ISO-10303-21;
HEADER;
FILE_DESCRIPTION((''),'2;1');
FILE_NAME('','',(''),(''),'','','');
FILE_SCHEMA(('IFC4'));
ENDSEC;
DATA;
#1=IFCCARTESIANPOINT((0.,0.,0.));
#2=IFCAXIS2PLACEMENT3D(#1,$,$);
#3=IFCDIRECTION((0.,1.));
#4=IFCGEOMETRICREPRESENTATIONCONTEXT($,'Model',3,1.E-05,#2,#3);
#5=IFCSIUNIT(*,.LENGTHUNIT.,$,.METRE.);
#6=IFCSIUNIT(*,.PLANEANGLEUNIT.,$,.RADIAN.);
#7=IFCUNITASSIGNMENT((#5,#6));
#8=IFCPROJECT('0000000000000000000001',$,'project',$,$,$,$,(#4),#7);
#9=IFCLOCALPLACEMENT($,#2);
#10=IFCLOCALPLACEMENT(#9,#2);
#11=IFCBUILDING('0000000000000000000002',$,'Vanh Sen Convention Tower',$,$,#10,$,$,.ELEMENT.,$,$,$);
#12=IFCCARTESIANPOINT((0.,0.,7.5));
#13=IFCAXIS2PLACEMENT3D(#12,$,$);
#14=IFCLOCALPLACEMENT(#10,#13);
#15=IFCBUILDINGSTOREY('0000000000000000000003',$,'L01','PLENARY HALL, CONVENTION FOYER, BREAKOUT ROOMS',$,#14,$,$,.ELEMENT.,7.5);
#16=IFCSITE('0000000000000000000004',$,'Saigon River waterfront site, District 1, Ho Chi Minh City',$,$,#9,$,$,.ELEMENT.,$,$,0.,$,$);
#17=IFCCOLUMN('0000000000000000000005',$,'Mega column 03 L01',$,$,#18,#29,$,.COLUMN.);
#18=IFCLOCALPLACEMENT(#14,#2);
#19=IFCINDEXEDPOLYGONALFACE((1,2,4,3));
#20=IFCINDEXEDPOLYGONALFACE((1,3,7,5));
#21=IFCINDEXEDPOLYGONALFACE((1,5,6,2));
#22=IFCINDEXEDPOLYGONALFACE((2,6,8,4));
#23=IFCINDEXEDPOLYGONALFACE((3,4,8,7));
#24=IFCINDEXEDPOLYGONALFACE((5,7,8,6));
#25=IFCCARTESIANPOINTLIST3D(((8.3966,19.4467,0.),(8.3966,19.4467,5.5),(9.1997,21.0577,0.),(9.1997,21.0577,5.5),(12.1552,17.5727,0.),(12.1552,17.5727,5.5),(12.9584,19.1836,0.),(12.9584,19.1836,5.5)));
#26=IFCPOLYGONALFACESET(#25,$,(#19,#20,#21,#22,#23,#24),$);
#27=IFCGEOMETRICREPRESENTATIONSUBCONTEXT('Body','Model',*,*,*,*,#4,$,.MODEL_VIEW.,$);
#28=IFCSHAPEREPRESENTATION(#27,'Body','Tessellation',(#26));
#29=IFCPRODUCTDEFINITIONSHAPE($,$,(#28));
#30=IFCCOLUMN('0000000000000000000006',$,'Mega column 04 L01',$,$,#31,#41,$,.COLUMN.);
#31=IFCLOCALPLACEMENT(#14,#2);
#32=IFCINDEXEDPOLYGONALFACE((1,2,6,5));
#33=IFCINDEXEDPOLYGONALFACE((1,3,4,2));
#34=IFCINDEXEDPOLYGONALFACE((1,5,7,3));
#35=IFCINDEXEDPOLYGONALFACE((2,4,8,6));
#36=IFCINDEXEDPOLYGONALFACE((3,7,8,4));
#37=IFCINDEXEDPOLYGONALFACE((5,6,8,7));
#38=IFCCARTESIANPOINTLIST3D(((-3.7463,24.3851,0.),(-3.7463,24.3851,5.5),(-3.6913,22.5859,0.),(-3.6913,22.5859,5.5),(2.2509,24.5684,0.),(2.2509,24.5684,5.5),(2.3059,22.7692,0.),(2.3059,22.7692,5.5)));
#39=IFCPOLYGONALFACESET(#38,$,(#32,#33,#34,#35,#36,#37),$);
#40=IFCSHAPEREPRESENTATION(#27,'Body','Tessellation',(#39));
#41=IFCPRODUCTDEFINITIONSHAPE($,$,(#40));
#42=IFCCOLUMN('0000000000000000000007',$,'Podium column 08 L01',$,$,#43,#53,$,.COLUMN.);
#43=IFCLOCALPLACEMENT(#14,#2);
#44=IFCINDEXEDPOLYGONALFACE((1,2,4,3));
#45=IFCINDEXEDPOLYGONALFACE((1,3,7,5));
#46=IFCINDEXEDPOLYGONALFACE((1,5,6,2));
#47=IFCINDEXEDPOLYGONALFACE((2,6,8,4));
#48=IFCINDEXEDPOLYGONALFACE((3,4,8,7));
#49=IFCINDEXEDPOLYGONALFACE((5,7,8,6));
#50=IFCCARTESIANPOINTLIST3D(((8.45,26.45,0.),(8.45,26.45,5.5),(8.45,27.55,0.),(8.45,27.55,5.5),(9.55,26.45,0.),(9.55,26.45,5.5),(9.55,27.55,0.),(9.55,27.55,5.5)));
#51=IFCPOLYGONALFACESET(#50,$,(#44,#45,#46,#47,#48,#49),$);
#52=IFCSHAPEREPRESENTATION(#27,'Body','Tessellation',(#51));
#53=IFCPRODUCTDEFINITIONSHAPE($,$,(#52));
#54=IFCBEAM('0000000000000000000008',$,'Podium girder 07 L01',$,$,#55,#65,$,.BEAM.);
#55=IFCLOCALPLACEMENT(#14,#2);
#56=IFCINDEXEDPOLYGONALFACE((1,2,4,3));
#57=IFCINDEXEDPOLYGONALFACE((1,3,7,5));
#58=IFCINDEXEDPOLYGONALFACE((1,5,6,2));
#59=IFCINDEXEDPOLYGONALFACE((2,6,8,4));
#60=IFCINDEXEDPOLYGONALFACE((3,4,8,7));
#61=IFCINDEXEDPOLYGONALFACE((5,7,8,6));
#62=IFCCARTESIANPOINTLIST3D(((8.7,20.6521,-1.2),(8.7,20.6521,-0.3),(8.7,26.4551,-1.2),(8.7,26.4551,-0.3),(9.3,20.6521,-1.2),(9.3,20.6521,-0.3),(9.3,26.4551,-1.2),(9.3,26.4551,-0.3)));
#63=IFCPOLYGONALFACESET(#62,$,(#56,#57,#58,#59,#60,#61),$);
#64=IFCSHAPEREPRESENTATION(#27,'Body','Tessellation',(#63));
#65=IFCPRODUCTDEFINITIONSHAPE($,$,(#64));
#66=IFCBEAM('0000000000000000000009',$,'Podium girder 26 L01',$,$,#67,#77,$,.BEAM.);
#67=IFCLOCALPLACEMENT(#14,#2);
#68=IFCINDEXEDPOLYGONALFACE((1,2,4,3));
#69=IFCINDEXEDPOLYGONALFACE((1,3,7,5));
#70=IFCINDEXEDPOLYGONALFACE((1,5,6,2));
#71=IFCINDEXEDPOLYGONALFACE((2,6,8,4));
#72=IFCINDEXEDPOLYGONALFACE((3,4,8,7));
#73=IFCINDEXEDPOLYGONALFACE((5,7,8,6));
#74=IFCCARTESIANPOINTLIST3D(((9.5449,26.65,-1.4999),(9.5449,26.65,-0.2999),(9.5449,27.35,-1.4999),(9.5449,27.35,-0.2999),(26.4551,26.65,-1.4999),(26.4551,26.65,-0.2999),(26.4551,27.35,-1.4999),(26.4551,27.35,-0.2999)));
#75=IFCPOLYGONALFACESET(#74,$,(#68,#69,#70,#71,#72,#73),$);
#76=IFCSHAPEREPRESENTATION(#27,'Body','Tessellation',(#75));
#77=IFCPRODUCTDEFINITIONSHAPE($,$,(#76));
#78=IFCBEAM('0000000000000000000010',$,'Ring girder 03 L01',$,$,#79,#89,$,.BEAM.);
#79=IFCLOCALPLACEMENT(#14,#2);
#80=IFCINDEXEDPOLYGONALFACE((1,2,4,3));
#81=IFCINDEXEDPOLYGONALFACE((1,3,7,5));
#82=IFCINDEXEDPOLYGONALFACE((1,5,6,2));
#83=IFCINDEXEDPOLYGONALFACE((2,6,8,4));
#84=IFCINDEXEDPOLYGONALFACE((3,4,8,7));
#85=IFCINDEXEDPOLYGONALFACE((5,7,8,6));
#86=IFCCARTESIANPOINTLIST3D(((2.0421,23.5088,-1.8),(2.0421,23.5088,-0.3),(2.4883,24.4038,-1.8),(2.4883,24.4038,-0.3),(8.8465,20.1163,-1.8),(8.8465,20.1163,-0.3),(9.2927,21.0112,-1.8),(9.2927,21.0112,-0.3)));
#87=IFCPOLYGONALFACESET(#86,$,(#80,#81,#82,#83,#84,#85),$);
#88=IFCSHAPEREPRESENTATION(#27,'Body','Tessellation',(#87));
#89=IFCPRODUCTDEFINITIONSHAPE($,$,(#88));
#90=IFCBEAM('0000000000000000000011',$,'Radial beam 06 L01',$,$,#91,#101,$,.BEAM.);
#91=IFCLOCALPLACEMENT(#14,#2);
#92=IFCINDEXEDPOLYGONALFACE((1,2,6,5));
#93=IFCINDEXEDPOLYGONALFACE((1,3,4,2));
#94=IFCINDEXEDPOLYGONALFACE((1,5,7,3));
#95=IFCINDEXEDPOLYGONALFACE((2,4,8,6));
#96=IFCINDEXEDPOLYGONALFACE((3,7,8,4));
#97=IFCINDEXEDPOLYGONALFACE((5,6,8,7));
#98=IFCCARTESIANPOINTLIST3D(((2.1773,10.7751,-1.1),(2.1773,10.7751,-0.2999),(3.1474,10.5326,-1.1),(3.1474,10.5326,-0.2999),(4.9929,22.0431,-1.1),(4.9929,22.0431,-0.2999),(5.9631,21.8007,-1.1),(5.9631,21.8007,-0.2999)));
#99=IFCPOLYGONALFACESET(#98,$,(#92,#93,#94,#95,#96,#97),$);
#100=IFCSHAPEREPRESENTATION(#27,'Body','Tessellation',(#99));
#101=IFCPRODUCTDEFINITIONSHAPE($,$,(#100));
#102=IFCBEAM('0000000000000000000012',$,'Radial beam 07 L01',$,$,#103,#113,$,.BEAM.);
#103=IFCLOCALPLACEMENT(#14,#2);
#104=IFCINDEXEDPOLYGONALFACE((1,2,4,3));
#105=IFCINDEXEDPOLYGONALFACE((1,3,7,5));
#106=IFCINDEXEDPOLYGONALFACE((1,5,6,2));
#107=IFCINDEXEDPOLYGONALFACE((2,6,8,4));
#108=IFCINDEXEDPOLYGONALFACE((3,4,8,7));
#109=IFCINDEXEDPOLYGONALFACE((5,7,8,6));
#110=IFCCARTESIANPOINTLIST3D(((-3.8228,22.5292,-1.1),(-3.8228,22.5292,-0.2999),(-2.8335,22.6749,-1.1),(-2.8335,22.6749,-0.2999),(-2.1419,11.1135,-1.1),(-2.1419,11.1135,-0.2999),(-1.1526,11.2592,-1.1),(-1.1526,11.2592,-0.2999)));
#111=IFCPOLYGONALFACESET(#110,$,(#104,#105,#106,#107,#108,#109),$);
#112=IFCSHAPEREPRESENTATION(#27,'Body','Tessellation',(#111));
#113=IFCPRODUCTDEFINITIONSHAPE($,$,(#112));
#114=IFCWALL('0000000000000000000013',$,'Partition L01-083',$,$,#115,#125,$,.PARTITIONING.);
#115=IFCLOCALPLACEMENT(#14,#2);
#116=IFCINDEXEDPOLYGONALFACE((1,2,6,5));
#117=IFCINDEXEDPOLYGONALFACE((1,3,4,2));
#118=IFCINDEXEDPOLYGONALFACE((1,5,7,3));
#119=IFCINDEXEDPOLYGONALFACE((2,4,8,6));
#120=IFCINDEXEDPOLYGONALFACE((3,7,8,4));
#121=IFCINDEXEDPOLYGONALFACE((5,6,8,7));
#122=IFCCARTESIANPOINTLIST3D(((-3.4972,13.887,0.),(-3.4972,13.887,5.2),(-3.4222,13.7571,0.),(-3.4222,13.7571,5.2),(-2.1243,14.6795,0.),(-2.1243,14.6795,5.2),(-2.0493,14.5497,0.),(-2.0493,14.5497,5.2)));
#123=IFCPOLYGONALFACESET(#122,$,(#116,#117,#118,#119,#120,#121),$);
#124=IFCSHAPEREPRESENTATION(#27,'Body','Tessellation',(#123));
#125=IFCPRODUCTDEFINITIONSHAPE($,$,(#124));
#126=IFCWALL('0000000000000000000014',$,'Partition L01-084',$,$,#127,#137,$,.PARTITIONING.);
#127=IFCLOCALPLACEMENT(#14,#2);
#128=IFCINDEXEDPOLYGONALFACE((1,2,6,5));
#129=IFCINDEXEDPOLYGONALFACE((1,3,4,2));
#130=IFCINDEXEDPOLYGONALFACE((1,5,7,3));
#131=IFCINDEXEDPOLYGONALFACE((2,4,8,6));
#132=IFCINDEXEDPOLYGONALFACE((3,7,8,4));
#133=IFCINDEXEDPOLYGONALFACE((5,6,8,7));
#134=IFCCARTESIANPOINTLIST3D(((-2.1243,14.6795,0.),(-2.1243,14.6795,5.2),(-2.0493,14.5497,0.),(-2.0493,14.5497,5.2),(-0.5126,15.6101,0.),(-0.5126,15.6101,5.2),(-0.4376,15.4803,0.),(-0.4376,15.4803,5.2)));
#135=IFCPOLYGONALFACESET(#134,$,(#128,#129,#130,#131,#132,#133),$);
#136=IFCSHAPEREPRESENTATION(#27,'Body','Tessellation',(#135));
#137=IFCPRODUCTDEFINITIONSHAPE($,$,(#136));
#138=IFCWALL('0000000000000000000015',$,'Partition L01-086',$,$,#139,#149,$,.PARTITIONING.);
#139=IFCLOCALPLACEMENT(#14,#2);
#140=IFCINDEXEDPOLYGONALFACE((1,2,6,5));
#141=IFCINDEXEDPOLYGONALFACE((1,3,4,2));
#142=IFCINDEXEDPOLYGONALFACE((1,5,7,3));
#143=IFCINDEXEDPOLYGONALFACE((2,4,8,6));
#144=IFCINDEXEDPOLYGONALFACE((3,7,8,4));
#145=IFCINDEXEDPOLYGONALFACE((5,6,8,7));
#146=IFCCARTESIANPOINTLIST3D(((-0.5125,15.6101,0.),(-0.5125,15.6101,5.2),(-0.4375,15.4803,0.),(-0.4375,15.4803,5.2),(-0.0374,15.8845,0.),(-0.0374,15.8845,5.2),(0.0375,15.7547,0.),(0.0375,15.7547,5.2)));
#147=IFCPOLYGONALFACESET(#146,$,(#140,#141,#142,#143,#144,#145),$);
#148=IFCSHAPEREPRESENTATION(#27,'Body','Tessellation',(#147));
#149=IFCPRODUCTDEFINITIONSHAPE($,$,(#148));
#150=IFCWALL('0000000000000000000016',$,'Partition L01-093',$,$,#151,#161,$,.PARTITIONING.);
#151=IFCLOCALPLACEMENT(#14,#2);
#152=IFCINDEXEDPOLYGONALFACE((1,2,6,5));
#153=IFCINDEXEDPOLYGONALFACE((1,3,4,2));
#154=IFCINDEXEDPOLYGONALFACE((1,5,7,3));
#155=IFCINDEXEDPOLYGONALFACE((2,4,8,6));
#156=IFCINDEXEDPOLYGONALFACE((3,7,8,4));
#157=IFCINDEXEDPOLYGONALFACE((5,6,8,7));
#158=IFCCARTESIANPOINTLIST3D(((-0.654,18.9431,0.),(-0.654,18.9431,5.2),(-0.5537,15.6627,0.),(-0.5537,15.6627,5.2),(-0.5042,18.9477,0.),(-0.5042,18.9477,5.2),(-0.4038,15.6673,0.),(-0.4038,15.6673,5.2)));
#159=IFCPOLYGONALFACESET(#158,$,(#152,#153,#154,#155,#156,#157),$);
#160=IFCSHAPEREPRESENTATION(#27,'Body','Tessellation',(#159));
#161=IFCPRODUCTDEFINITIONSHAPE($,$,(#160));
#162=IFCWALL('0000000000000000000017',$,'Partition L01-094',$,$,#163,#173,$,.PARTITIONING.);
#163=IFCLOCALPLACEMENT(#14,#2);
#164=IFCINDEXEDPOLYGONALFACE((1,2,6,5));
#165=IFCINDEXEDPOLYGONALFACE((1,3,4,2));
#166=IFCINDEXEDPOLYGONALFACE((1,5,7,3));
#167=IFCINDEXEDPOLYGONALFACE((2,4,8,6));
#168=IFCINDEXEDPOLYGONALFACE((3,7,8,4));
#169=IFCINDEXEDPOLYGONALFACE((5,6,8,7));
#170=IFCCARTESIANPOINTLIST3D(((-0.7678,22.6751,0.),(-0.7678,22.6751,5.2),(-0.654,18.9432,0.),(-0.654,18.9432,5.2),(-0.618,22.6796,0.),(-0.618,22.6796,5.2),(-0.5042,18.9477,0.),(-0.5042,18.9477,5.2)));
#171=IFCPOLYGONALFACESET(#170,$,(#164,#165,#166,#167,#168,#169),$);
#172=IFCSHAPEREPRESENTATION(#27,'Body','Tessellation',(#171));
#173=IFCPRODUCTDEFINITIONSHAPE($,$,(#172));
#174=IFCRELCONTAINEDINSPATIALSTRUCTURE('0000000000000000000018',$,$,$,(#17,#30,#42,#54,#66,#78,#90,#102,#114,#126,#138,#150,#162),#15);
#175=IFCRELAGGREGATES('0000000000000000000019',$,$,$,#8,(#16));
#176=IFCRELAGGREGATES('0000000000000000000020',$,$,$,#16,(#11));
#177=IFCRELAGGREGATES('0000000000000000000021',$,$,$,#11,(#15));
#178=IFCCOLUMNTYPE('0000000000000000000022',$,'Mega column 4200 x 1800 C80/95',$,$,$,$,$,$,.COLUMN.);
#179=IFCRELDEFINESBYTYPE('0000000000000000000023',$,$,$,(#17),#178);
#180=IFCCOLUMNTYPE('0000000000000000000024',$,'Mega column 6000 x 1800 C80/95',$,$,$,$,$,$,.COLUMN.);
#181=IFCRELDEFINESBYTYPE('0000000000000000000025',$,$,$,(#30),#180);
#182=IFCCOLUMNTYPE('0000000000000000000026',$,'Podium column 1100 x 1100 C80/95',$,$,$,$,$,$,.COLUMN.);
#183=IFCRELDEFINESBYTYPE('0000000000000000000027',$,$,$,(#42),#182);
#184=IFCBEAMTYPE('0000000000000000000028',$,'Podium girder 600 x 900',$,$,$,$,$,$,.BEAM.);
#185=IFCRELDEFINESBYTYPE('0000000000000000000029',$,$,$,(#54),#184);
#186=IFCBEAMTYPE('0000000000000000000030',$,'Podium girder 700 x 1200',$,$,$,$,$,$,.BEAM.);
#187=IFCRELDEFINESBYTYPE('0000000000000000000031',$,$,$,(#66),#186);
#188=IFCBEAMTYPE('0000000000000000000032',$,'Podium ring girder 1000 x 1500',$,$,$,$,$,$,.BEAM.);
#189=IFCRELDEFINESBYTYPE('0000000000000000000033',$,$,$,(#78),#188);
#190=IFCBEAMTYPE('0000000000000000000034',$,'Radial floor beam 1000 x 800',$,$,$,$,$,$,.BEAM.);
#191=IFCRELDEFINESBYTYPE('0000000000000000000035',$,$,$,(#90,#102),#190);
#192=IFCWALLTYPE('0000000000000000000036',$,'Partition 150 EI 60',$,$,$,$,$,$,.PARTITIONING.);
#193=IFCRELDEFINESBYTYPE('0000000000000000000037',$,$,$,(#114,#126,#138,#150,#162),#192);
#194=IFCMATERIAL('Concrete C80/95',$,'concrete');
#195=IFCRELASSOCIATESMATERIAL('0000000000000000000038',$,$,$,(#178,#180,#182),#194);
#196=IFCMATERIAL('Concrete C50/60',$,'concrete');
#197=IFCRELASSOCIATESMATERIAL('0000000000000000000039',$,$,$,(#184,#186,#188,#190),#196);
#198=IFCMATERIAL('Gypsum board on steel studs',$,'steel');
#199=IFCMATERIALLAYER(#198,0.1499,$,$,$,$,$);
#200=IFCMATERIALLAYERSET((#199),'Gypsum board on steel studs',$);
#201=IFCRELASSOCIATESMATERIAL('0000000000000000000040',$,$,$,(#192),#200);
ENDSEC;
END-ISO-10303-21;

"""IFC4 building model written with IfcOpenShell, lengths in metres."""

from ifc_helpers import new_model, si_unit, direction, frame, frame_2d, origin, origin_2d, place, context, subcontext, project, spatial, rectangle, extrude, material, layer, layer_set, material_profile, profile_set, type_object, element, save


model = new_model("IFC4")

# Units and contexts
model_context = context("Model", 3, precision=1e-05, world=origin(), true_north=direction((0.0, 1.0)))
body_context = subcontext(model_context, "Body", "Model", "MODEL_VIEW")
ifc_project = project(units=[si_unit("LENGTHUNIT", "METRE"), si_unit("PLANEANGLEUNIT", "RADIAN")], contexts=[model_context])

# Site, building, storey
site_placement = place(None, origin())
site = spatial("IfcSite", under=ifc_project, at=site_placement, Name="Saigon River waterfront site, District 1, Ho Chi Minh City", CompositionType="ELEMENT", RefElevation=0.0)
building_placement = place(site_placement, origin())
building = spatial("IfcBuilding", under=site, at=building_placement, Name="Vanh Sen Convention Tower", CompositionType="ELEMENT")
storey_placement = place(building_placement, frame((0.0, 0.0, 7.5)))
storey = spatial("IfcBuildingStorey", under=building, at=storey_placement, Name="L01", Description="PLENARY HALL, CONVENTION FOYER, BREAKOUT ROOMS", CompositionType="ELEMENT", Elevation=7.5)

# Columns
ifc_material_1 = material(Name="Concrete C80/95", Category="concrete")
ifc_material_profile_1 = material_profile(ifc_material_1, rectangle(XDim=4.2, YDim=1.8, at=origin_2d()), Name="RC 4200X1800")
ifc_profile_set_1 = profile_set([ifc_material_profile_1], Name="Concrete C80/95")
column_type_1 = type_object("IfcColumnType", Name="Mega column 4200 x 1800 C80/95", PredefinedType="COLUMN", material=ifc_profile_set_1)
column_1_placement = place(storey_placement, frame((10.6775, 19.3152, 0.0), z_axis=(0.0, 0.0, 1.0), x_axis=(-0.894935, 0.446196, 0.0)))
element("IfcColumn", 1, at=column_1_placement, inside=storey, type_object=column_type_1, Name="Mega column 03 L01", PredefinedType="COLUMN", context=body_context, shape_type="SweptSolid", body=[
    extrude(rectangle(XDim=4.2, YDim=1.8, at=origin_2d()), origin(), (0.0, 0.0, 1.0), 5.5),
])
ifc_material_profile_2 = material_profile(ifc_material_1, rectangle(XDim=6.0, YDim=1.8, at=origin_2d()), Name="RC 6000X1800")
ifc_profile_set_2 = profile_set([ifc_material_profile_2], Name="Concrete C80/95")
column_type_2 = type_object("IfcColumnType", Name="Mega column 6000 x 1800 C80/95", PredefinedType="COLUMN", material=ifc_profile_set_2)
column_2_placement = place(storey_placement, frame((-0.7202, 23.5771, 0.0), z_axis=(0.0, 0.0, 1.0), x_axis=(-0.999534, -0.030537, 0.0)))
element("IfcColumn", 2, at=column_2_placement, inside=storey, type_object=column_type_2, Name="Mega column 04 L01", PredefinedType="COLUMN", context=body_context, shape_type="SweptSolid", body=[
    extrude(rectangle(XDim=6.0, YDim=1.8, at=origin_2d()), origin(), (0.0, 0.0, 1.0), 5.5),
])
ifc_material_profile_3 = material_profile(ifc_material_1, rectangle(XDim=1.1001, YDim=1.1001, at=origin_2d()), Name="RC 1100X1100")
ifc_profile_set_3 = profile_set([ifc_material_profile_3], Name="Concrete C80/95")
column_type_3 = type_object("IfcColumnType", Name="Podium column 1100 x 1100 C80/95", PredefinedType="COLUMN", material=ifc_profile_set_3)
column_3_placement = place(storey_placement, frame((9.0, 27.0, 0.0), z_axis=(0.0, 0.0, 1.0), x_axis=(1.0, 0.0, 0.0)))
element("IfcColumn", 3, at=column_3_placement, inside=storey, type_object=column_type_3, Name="Podium column 08 L01", PredefinedType="COLUMN", context=body_context, shape_type="SweptSolid", body=[
    extrude(rectangle(XDim=1.1001, YDim=1.1001, at=origin_2d()), origin(), (0.0, 0.0, 1.0), 5.5),
])

# Beams
ifc_material_2 = material(Name="Concrete C50/60", Category="concrete")
ifc_material_profile_4 = material_profile(ifc_material_2, rectangle(XDim=0.6001, YDim=0.8999, at=origin_2d()), Name="RC 600X900")
ifc_profile_set_4 = profile_set([ifc_material_profile_4], Name="Concrete C50/60")
beam_type_1 = type_object("IfcBeamType", Name="Podium girder 600 x 900", PredefinedType="BEAM", material=ifc_profile_set_4)
beam_1_placement = place(storey_placement, frame((9.0, 20.6521, -0.75), z_axis=(0.0, 1.0, 0.0), x_axis=(-1.0, 0.0, 0.0)))
element("IfcBeam", 4, at=beam_1_placement, inside=storey, type_object=beam_type_1, Name="Podium girder 07 L01", PredefinedType="BEAM", context=body_context, shape_type="SweptSolid", body=[
    extrude(rectangle(XDim=0.6001, YDim=0.8999, at=origin_2d()), origin(), (0.0, 0.0, 1.0), 5.803),
])
ifc_material_profile_5 = material_profile(ifc_material_2, rectangle(XDim=0.7, YDim=1.2, at=origin_2d()), Name="RC 700X1200")
ifc_profile_set_5 = profile_set([ifc_material_profile_5], Name="Concrete C50/60")
beam_type_2 = type_object("IfcBeamType", Name="Podium girder 700 x 1200", PredefinedType="BEAM", material=ifc_profile_set_5)
beam_2_placement = place(storey_placement, frame((9.5449, 27.0, -0.8999), z_axis=(1.0, 0.0, 0.0), x_axis=(0.0, 1.0, 0.0)))
element("IfcBeam", 5, at=beam_2_placement, inside=storey, type_object=beam_type_2, Name="Podium girder 26 L01", PredefinedType="BEAM", context=body_context, shape_type="SweptSolid", body=[
    extrude(rectangle(XDim=0.7, YDim=1.2, at=origin_2d()), origin(), (0.0, 0.0, 1.0), 16.9102),
])
ifc_material_profile_6 = material_profile(ifc_material_2, rectangle(XDim=1.0, YDim=1.5, at=origin_2d()), Name="RC 1000X1500")
ifc_profile_set_6 = profile_set([ifc_material_profile_6], Name="Concrete C50/60")
beam_type_3 = type_object("IfcBeamType", Name="Podium ring girder 1000 x 1500", PredefinedType="BEAM", material=ifc_profile_set_6)
beam_3_placement = place(storey_placement, frame((9.0696, 20.5637, -1.05), z_axis=(-0.894934, 0.446199, 0.0), x_axis=(-0.446199, -0.894934, 0.0)))
element("IfcBeam", 6, at=beam_3_placement, inside=storey, type_object=beam_type_3, Name="Ring girder 03 L01", PredefinedType="BEAM", context=body_context, shape_type="SweptSolid", body=[
    extrude(rectangle(XDim=1.0, YDim=1.5, at=origin_2d()), origin(), (0.0, 0.0, 1.0), 7.6033),
])
ifc_material_profile_7 = material_profile(ifc_material_2, rectangle(XDim=1.0, YDim=0.8, at=origin_2d()), Name="RC 1000X800")
ifc_profile_set_7 = profile_set([ifc_material_profile_7], Name="Concrete C50/60")
beam_type_4 = type_object("IfcBeamType", Name="Radial floor beam 1000 x 800", PredefinedType="BEAM", material=ifc_profile_set_7)
beam_4_placement = place(storey_placement, frame((5.478, 21.9219, -0.7), z_axis=(-0.242427, -0.97017, 0.0), x_axis=(0.97017, -0.242427, 0.0)))
element("IfcBeam", 7, at=beam_4_placement, inside=storey, type_object=beam_type_4, Name="Radial beam 06 L01", PredefinedType="BEAM", context=body_context, shape_type="SweptSolid", body=[
    extrude(rectangle(XDim=1.0, YDim=0.8, at=origin_2d()), origin(), (0.0, 0.0, 1.0), 11.6145),
])
beam_5_placement = place(storey_placement, frame((-3.3281, 22.6021, -0.7), z_axis=(0.145674, -0.989333, 0.0), x_axis=(0.989333, 0.145674, 0.0)))
element("IfcBeam", 8, at=beam_5_placement, inside=storey, type_object=beam_type_4, Name="Radial beam 07 L01", PredefinedType="BEAM", context=body_context, shape_type="SweptSolid", body=[
    extrude(rectangle(XDim=1.0, YDim=0.8, at=origin_2d()), origin(), (0.0, 0.0, 1.0), 11.5388),
])

# Walls
ifc_material_3 = material(Name="Gypsum board on steel studs", Category="steel")
ifc_layer_1 = layer(ifc_material_3, 0.1499)
ifc_layer_set_1 = layer_set([ifc_layer_1], Name="Gypsum board on steel studs")
wall_type_1 = type_object("IfcWallType", Name="Partition 150 EI 60", PredefinedType="PARTITIONING", material=ifc_layer_set_1)
wall_1_placement = place(storey_placement, frame((-2.0869, 14.6145, 0.0), z_axis=(0.0, 0.0, 1.0), x_axis=(-0.866055, -0.499949, 0.0)))
element("IfcWall", 9, at=wall_1_placement, inside=storey, type_object=wall_type_1, Name="Partition L01-083", PredefinedType="PARTITIONING", context=body_context, shape_type="SweptSolid", body=[
    extrude(rectangle(XDim=1.5852, YDim=0.1499, at=frame_2d((0.7925, 0.0))), origin(), (0.0, 0.0, 1.0), 5.2),
])
wall_2_placement = place(storey_placement, frame((-2.0869, 14.6145, 0.0), z_axis=(0.0, 0.0, 1.0), x_axis=(0.866006, 0.500033, 0.0)))
element("IfcWall", 10, at=wall_2_placement, inside=storey, type_object=wall_type_1, Name="Partition L01-084", PredefinedType="PARTITIONING", context=body_context, shape_type="SweptSolid", body=[
    extrude(rectangle(XDim=1.8611, YDim=0.1499, at=frame_2d((0.9307, 0.0))), origin(), (0.0, 0.0, 1.0), 5.2),
])
wall_3_placement = place(storey_placement, frame((-0.4751, 15.5452, 0.0), z_axis=(0.0, 0.0, 1.0), x_axis=(0.865934, 0.500159, 0.0)))
element("IfcWall", 11, at=wall_3_placement, inside=storey, type_object=wall_type_1, Name="Partition L01-086", PredefinedType="PARTITIONING", context=body_context, shape_type="SweptSolid", body=[
    extrude(rectangle(XDim=0.5486, YDim=0.1499, at=frame_2d((0.2744, 0.0))), origin(), (0.0, 0.0, 1.0), 5.2),
])
wall_4_placement = place(storey_placement, frame((-0.5791, 18.9456, 0.0), z_axis=(0.0, 0.0, 1.0), x_axis=(0.030573, -0.999533, 0.0)))
element("IfcWall", 12, at=wall_4_placement, inside=storey, type_object=wall_type_1, Name="Partition L01-093", PredefinedType="PARTITIONING", context=body_context, shape_type="SweptSolid", body=[
    extrude(rectangle(XDim=3.282, YDim=0.1499, at=frame_2d((1.6411, 0.0))), origin(), (0.0, 0.0, 1.0), 5.2),
])
wall_5_placement = place(storey_placement, frame((-0.5791, 18.9456, 0.0), z_axis=(0.0, 0.0, 1.0), x_axis=(-0.030471, 0.999536, 0.0)))
element("IfcWall", 13, at=wall_5_placement, inside=storey, type_object=wall_type_1, Name="Partition L01-094", PredefinedType="PARTITIONING", context=body_context, shape_type="SweptSolid", body=[
    extrude(rectangle(XDim=3.7336, YDim=0.1499, at=frame_2d((1.8667, 0.0))), origin(), (0.0, 0.0, 1.0), 5.2),
])

save(model, "model.ifc")
